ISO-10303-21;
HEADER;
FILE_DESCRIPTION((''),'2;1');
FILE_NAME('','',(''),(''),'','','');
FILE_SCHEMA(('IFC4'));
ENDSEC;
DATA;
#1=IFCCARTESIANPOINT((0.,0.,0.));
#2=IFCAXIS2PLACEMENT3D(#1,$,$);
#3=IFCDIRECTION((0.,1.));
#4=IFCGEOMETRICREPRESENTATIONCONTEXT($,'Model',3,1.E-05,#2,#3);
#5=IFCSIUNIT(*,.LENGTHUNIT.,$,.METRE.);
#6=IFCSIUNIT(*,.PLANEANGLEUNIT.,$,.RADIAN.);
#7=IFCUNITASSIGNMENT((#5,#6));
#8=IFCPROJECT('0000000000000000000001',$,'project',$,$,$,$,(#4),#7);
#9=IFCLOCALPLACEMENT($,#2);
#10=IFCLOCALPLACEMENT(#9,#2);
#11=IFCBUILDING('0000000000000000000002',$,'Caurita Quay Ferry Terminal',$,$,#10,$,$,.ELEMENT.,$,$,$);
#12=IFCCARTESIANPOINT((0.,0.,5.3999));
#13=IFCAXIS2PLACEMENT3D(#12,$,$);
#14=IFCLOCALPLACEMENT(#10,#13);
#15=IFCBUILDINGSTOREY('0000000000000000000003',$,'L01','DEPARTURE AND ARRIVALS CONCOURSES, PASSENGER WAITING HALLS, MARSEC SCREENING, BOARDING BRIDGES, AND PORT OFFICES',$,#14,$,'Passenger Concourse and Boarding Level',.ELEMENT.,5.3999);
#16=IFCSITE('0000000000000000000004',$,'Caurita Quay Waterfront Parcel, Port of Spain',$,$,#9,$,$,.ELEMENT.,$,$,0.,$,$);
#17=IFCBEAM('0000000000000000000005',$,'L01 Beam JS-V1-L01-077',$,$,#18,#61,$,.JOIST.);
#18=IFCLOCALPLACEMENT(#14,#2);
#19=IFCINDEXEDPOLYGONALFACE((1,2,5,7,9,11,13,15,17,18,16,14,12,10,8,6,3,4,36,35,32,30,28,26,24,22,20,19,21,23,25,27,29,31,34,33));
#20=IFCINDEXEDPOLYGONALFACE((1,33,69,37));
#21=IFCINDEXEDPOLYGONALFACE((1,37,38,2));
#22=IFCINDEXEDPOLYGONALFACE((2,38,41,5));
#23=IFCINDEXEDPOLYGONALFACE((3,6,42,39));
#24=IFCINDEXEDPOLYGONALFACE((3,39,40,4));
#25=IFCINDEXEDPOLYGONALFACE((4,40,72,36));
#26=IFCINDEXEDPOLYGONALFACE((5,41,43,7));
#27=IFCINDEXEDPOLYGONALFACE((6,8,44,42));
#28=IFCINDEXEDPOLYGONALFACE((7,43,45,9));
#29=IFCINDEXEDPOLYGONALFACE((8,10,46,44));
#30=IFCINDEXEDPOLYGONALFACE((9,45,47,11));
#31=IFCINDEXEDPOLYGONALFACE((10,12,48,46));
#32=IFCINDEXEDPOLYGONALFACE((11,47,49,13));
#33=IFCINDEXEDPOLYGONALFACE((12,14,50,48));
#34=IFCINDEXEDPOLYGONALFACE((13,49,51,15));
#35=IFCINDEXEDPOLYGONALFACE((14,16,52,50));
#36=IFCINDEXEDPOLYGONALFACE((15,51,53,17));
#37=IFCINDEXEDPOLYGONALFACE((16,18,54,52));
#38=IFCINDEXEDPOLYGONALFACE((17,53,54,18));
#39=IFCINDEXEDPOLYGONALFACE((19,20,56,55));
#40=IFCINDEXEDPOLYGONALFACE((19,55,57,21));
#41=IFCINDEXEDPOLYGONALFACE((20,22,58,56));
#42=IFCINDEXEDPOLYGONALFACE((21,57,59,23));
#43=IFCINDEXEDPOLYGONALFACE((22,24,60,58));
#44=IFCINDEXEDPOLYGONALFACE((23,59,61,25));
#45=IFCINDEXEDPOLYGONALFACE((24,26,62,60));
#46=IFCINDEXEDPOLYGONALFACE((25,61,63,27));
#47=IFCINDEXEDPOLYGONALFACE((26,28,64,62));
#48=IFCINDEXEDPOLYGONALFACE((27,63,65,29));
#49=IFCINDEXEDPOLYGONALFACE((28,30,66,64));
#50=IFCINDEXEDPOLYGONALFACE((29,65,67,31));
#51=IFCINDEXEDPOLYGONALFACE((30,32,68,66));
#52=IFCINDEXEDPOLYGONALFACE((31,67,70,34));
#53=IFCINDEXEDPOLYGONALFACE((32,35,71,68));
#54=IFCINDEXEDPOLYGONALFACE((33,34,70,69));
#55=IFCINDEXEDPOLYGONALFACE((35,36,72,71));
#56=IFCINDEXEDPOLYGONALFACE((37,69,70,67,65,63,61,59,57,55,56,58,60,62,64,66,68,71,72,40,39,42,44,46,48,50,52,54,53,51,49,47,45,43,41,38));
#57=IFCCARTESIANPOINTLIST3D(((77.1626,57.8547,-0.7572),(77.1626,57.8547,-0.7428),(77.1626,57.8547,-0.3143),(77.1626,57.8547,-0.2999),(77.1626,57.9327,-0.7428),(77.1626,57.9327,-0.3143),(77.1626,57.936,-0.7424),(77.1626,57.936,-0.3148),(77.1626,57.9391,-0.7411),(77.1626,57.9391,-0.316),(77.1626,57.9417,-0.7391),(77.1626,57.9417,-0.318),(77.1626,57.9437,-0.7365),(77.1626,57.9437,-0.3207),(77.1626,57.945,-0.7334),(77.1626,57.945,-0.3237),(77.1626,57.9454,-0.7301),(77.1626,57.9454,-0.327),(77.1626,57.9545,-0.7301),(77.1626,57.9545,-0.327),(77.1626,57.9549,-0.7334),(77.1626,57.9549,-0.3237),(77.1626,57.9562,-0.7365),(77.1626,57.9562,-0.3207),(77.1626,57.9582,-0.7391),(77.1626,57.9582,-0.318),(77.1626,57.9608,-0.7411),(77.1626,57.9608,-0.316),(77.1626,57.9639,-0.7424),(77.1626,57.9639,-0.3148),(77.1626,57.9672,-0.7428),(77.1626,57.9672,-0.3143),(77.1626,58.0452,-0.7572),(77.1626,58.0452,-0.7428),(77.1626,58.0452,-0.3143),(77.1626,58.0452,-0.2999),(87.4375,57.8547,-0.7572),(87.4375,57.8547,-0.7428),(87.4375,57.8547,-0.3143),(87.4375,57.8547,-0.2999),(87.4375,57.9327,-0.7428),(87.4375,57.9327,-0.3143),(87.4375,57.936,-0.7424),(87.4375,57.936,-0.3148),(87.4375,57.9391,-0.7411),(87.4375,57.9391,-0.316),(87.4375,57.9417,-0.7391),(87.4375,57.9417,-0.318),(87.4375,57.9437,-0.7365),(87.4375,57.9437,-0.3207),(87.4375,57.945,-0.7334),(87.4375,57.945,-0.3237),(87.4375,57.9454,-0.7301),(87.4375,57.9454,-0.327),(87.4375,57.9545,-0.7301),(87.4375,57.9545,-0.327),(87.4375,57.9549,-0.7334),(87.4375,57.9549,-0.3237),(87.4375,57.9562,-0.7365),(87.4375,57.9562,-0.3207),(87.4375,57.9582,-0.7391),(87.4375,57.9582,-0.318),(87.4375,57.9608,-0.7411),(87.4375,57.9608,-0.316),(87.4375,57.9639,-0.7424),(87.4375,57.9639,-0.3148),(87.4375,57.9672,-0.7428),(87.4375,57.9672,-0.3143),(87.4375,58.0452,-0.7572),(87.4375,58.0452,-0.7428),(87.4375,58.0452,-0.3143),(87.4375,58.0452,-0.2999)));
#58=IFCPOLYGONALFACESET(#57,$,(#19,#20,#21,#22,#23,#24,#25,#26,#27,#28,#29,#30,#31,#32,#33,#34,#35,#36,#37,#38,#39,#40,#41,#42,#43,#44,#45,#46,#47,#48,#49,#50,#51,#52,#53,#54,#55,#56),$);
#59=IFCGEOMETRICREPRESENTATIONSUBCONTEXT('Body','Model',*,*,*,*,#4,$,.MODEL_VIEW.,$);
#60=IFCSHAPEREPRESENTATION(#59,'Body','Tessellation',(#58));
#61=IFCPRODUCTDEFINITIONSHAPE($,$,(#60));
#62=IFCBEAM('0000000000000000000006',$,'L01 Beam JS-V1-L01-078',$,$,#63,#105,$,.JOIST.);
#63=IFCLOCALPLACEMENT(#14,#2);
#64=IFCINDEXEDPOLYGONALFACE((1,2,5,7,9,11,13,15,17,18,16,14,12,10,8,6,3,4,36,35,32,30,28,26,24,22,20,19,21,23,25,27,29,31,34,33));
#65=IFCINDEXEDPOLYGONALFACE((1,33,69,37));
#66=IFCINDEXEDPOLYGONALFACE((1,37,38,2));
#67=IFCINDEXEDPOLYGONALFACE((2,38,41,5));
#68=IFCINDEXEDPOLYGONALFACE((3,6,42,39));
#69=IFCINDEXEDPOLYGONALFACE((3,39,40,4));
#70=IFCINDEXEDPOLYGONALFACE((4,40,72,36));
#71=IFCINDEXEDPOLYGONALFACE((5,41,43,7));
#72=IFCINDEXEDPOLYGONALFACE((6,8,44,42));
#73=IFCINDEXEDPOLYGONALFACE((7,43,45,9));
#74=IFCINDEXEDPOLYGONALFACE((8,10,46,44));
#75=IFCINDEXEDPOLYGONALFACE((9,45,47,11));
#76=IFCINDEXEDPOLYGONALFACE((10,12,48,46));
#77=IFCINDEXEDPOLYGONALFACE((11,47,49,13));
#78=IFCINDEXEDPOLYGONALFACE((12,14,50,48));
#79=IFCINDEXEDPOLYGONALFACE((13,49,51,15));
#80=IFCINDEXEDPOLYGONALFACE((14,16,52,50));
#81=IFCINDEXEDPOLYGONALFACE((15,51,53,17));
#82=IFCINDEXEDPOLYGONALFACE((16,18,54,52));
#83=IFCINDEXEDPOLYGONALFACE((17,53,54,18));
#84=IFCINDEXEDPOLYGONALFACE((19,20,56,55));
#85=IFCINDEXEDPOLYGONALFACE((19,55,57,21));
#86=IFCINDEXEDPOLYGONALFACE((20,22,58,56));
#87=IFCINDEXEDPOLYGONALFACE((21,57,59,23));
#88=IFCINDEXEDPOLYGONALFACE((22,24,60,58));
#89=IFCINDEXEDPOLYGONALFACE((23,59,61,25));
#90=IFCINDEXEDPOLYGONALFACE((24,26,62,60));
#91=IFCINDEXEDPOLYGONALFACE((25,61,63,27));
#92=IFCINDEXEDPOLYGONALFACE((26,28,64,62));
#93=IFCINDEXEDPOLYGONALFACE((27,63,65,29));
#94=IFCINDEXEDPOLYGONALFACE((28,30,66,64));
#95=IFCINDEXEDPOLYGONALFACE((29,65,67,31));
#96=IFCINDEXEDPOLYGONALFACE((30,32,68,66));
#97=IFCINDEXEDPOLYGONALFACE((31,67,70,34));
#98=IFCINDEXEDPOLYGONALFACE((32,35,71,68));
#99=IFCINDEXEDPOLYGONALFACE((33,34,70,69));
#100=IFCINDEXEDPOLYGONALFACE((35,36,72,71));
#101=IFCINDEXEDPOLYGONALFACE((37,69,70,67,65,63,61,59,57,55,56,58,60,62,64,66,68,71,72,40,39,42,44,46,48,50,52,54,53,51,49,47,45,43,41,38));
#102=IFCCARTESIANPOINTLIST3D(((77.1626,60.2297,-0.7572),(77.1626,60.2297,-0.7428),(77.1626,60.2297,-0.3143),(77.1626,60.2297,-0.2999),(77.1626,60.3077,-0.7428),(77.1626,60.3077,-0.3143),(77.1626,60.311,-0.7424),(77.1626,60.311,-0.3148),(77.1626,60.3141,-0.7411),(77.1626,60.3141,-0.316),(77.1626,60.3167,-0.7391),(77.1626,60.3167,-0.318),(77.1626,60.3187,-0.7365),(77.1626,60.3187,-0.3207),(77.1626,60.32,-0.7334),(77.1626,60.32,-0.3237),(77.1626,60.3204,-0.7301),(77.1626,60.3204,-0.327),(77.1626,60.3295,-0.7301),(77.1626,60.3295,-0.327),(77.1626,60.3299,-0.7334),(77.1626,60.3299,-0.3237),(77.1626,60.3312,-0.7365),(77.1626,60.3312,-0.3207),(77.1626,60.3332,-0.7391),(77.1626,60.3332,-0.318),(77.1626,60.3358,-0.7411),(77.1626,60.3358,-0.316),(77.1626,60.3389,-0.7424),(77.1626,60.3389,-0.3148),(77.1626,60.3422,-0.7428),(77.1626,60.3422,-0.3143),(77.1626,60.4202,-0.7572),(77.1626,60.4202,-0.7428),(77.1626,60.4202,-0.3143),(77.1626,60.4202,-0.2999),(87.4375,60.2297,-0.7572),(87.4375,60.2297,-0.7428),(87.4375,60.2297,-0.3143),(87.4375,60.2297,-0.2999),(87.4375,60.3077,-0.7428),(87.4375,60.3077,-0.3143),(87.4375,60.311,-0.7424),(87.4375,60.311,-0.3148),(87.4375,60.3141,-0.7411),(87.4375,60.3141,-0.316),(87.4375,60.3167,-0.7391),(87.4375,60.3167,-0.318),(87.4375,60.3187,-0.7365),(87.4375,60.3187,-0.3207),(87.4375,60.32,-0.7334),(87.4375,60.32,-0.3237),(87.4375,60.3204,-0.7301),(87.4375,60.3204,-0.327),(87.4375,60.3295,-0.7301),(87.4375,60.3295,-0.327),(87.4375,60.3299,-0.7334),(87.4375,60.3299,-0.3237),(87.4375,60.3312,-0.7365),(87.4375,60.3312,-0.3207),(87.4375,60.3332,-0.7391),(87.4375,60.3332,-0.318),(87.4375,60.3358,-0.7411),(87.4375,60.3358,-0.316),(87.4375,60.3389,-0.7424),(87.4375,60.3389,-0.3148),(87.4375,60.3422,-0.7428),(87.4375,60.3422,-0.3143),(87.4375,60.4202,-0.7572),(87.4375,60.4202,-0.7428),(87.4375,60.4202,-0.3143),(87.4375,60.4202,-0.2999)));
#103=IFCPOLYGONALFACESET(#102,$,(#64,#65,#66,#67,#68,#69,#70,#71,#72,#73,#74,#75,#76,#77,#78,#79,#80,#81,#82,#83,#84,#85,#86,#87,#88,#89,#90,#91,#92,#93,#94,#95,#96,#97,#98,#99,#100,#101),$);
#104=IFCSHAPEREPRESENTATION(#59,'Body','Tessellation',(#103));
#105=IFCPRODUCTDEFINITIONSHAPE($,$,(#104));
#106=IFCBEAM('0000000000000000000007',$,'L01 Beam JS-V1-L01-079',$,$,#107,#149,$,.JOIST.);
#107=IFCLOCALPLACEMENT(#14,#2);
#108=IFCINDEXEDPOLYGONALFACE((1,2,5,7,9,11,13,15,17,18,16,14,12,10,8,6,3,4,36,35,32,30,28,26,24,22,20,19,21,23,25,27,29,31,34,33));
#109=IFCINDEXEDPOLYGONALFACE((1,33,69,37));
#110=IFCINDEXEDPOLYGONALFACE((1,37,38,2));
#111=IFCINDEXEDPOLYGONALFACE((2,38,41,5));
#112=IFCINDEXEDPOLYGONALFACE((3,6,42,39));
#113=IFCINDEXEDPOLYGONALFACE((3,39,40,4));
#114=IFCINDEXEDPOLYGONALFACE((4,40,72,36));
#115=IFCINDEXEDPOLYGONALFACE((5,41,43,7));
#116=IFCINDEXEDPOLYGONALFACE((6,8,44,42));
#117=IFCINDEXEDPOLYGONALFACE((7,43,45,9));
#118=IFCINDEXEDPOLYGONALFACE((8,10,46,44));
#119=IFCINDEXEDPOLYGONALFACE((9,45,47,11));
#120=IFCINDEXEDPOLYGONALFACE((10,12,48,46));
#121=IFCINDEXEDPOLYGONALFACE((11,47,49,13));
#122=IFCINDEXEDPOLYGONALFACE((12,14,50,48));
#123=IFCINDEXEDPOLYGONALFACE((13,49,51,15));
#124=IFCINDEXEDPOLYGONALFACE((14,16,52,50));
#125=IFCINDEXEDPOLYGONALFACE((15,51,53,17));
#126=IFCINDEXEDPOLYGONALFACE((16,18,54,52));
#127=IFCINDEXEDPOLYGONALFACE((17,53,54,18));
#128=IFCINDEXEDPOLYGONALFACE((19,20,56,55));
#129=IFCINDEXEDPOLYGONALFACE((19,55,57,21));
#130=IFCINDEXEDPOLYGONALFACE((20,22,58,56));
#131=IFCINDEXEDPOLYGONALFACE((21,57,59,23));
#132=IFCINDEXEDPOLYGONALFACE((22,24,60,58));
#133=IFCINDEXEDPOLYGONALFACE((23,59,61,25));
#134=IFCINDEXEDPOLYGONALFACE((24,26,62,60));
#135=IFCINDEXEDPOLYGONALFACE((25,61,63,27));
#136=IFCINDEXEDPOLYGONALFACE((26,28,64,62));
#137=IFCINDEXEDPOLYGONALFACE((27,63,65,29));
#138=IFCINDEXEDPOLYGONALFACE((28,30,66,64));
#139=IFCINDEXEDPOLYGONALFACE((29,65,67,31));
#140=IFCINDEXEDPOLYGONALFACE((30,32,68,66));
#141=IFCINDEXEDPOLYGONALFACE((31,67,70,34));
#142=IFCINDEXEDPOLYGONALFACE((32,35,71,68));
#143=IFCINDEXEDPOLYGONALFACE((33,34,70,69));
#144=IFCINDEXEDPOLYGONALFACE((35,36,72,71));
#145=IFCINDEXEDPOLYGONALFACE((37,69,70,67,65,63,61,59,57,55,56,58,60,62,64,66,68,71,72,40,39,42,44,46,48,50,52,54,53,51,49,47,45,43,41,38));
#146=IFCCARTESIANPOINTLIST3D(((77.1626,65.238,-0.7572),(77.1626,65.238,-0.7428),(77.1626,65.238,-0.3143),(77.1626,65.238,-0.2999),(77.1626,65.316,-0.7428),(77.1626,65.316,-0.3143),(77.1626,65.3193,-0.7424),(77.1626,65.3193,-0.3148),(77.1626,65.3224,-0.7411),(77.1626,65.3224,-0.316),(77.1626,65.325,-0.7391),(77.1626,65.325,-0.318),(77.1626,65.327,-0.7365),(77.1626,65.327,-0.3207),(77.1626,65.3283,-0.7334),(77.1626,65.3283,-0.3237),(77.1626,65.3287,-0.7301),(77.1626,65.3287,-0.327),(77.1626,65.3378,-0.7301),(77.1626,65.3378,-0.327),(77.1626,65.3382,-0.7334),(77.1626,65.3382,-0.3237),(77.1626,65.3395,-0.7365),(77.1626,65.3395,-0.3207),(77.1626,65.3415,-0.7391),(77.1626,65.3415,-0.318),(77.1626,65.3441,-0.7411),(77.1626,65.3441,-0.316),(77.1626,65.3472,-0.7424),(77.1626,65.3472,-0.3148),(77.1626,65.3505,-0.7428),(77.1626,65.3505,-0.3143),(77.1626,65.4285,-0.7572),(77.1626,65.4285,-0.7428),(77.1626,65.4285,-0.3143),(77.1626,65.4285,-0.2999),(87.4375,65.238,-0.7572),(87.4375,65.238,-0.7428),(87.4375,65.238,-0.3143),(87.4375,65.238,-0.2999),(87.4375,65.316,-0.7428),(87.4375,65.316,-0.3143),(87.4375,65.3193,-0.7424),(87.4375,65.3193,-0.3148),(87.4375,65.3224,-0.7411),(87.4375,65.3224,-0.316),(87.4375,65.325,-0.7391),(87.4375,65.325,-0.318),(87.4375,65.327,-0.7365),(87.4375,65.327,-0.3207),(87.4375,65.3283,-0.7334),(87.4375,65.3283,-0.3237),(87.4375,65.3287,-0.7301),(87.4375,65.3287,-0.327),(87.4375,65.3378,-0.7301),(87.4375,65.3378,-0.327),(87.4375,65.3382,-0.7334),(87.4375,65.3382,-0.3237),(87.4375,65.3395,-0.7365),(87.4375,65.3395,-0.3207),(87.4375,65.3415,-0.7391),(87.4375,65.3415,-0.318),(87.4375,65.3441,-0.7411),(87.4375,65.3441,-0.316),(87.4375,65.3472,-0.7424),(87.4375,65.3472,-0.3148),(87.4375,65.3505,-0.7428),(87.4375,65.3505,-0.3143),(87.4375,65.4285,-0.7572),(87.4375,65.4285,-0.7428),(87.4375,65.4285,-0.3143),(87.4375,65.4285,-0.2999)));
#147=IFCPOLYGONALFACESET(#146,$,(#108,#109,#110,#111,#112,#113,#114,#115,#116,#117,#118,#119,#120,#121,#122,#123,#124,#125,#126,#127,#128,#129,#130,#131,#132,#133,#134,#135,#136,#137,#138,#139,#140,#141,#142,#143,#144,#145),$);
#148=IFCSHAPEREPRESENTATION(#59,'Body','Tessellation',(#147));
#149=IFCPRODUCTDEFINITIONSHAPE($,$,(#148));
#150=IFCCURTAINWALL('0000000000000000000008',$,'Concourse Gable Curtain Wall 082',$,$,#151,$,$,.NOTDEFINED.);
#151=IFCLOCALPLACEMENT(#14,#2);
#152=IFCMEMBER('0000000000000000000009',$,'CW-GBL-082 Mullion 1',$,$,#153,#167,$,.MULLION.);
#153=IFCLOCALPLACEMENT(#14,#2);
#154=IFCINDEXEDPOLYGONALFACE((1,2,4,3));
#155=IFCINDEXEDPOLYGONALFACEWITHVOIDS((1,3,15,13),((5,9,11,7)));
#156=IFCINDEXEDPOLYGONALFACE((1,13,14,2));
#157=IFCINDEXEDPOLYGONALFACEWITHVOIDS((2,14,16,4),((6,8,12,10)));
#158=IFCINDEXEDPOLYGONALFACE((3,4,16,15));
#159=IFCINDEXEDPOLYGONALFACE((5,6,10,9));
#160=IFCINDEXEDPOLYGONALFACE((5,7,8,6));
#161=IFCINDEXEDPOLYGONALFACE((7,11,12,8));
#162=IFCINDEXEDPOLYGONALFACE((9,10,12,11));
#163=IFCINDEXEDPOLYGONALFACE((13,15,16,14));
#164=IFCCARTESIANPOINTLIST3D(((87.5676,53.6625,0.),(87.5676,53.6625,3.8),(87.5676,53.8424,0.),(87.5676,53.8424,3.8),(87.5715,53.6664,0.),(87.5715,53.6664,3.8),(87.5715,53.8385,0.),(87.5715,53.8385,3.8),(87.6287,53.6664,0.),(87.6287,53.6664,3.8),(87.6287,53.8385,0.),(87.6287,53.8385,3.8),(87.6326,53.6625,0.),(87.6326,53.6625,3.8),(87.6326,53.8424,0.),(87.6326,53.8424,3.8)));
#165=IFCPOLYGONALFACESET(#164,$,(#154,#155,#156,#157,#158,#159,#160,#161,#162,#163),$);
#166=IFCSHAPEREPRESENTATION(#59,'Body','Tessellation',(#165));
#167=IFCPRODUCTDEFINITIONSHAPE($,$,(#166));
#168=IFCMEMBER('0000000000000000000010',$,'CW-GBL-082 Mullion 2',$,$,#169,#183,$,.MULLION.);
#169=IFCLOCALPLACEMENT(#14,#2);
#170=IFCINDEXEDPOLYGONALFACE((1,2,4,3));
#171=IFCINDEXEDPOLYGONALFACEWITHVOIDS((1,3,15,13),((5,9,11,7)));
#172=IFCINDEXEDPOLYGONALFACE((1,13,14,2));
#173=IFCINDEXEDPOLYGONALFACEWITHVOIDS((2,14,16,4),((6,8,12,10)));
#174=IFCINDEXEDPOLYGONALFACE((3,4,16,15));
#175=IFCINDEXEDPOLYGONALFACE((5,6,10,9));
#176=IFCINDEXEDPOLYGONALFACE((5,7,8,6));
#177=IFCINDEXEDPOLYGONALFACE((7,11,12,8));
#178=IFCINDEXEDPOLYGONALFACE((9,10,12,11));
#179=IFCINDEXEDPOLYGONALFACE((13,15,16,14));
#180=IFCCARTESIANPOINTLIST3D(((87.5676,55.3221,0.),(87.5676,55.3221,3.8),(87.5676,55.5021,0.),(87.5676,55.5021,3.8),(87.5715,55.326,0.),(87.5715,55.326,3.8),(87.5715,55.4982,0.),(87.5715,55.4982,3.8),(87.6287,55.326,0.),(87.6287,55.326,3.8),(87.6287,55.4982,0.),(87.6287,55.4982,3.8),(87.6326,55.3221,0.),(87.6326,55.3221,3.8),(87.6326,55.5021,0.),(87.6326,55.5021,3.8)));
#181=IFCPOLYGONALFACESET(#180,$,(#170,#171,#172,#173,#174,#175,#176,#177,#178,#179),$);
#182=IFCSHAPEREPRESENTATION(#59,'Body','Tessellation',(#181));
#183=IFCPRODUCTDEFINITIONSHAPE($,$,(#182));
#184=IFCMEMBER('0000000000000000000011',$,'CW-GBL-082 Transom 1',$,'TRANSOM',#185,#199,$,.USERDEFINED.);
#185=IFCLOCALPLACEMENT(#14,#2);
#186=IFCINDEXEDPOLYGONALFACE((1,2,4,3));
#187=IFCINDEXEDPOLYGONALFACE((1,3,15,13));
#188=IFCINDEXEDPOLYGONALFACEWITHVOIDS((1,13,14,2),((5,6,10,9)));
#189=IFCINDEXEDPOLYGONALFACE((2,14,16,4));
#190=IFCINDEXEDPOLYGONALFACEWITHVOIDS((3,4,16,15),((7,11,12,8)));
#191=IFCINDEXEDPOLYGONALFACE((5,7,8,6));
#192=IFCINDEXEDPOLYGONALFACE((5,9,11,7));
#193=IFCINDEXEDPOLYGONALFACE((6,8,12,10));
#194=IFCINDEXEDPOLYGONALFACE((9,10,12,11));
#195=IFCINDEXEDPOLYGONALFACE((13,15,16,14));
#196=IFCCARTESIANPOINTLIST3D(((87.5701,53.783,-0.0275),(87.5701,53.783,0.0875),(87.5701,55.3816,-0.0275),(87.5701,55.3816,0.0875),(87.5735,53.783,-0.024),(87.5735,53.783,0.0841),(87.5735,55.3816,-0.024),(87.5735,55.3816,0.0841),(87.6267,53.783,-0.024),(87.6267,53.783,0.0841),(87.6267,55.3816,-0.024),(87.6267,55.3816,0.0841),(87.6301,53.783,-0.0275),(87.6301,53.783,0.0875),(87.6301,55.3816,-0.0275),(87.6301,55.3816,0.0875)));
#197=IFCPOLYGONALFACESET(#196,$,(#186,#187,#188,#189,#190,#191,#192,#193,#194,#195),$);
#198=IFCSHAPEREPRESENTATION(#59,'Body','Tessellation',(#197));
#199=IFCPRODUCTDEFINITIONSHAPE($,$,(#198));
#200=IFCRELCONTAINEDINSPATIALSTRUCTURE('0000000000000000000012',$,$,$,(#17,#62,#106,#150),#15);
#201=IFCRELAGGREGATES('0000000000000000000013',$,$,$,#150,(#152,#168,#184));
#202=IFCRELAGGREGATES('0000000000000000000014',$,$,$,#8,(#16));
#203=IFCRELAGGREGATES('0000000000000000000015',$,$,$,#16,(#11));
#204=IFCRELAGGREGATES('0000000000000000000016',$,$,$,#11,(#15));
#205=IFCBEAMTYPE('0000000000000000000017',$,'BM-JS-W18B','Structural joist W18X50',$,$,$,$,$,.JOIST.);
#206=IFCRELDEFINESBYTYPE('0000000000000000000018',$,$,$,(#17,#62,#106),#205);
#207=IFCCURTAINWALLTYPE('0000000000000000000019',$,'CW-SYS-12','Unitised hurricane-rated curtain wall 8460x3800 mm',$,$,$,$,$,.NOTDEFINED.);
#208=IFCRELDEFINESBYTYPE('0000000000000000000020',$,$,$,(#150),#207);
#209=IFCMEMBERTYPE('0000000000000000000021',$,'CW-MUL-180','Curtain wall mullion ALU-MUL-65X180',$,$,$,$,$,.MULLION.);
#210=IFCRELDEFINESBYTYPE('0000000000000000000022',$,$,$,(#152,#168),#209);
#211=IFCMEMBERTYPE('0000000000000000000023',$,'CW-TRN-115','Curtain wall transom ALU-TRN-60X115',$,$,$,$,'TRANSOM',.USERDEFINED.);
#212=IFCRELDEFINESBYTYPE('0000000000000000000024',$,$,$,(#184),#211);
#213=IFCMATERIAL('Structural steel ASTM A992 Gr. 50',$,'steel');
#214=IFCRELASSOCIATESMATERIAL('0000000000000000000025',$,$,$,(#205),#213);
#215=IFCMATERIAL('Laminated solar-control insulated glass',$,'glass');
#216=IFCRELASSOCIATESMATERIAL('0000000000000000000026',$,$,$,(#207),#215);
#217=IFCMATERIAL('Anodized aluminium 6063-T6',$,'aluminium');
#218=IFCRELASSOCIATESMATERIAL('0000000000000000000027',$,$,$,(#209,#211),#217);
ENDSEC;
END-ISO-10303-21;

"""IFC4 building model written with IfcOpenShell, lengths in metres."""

from ifc_helpers import new_model, si_unit, direction, frame, origin, origin_2d, place, context, subcontext, project, spatial, hollow_rectangle, i_section, extrude, material, material_profile, profile_set, type_object, element, aggregate, save


model = new_model("IFC4")

# Units and contexts
model_context = context("Model", 3, precision=1e-05, world=origin(), true_north=direction((0.0, 1.0)))
body_context = subcontext(model_context, "Body", "Model", "MODEL_VIEW")
ifc_project = project(units=[si_unit("LENGTHUNIT", "METRE"), si_unit("PLANEANGLEUNIT", "RADIAN")], contexts=[model_context])

# Site, building, storey
site_placement = place(None, origin())
site = spatial("IfcSite", under=ifc_project, at=site_placement, Name="Caurita Quay Waterfront Parcel, Port of Spain", CompositionType="ELEMENT", RefElevation=0.0)
building_placement = place(site_placement, origin())
building = spatial("IfcBuilding", under=site, at=building_placement, Name="Caurita Quay Ferry Terminal", CompositionType="ELEMENT")
storey_placement = place(building_placement, frame((0.0, 0.0, 5.3999)))
storey = spatial("IfcBuildingStorey", under=building, at=storey_placement, Name="L01", Description="DEPARTURE AND ARRIVALS CONCOURSES, PASSENGER WAITING HALLS, MARSEC SCREENING, BOARDING BRIDGES, AND PORT OFFICES", LongName="Passenger Concourse and Boarding Level", CompositionType="ELEMENT", Elevation=5.3999)

# Shared definitions
ifc_material_1 = material(Name="Structural steel ASTM A992 Gr. 50", Category="steel")

# Beams
ifc_material_profile_1 = material_profile(ifc_material_1, i_section(OverallWidth=0.1904, OverallDepth=0.4573, WebThickness=0.009, FlangeThickness=0.0144, FilletRadius=0.0127, at=origin_2d()), Name="W18X50")
ifc_profile_set_1 = profile_set([ifc_material_profile_1], Name="Structural steel ASTM A992 Gr. 50")
beam_type_1 = type_object("IfcBeamType", Name="BM-JS-W18B", Description="Structural joist W18X50", PredefinedType="JOIST", material=ifc_profile_set_1)
for number, where, z_axis, x_axis, name in (
    (1, (77.1626, 57.95, -0.5286), (1.0, 0.0, 0.0), (0.0, 1.0, 0.0), "L01 Beam JS-V1-L01-077"),
    (2, (77.1626, 60.325, -0.5286), (1.0, 0.0, 0.0), (0.0, 1.0, 0.0), "L01 Beam JS-V1-L01-078"),
    (3, (77.1626, 65.3333, -0.5286), (1.0, 0.0, 0.0), (0.0, 1.0, 0.0), "L01 Beam JS-V1-L01-079"),
):
    element("IfcBeam", number, at=place(storey_placement, frame(where, z_axis=z_axis, x_axis=x_axis)), inside=storey, type_object=beam_type_1, Name=name, PredefinedType="JOIST", context=body_context, shape_type="SweptSolid", body=[
        extrude(i_section(OverallWidth=0.1904, OverallDepth=0.4573, WebThickness=0.009, FlangeThickness=0.0144, FilletRadius=0.0127, at=origin_2d()), origin(), (0.0, 0.0, 1.0), 10.2749),
    ])

# Curtain wall, members
ifc_material_2 = material(Name="Laminated solar-control insulated glass", Category="glass")
curtain_wall_type = type_object("IfcCurtainWallType", Name="CW-SYS-12", Description="Unitised hurricane-rated curtain wall 8460x3800 mm", PredefinedType="NOTDEFINED", material=ifc_material_2)
curtain_wall_placement = place(storey_placement, origin())
curtain_wall = element("IfcCurtainWall", 4, at=curtain_wall_placement, inside=storey, type_object=curtain_wall_type, Name="Concourse Gable Curtain Wall 082", PredefinedType="NOTDEFINED")
ifc_material_3 = material(Name="Anodized aluminium 6063-T6", Category="aluminium")
ifc_material_profile_2 = material_profile(ifc_material_3, hollow_rectangle(XDim=0.0649, YDim=0.1799, WallThickness=0.0039, at=origin_2d()), Name="ALU-MUL-65X180")
ifc_profile_set_2 = profile_set([ifc_material_profile_2], Name="Anodized aluminium 6063-T6")
member_type_1 = type_object("IfcMemberType", Name="CW-MUL-180", Description="Curtain wall mullion ALU-MUL-65X180", PredefinedType="MULLION", material=ifc_profile_set_2)
member_1_placement = place(storey_placement, frame((87.6001, 53.7524, 0.0), z_axis=(0.0, 0.0, 1.0), x_axis=(-1.0, 0.0, 0.0)))
member_1 = element("IfcMember", 5, at=member_1_placement, type_object=member_type_1, Name="CW-GBL-082 Mullion 1", PredefinedType="MULLION", context=body_context, shape_type="SweptSolid", body=[
    extrude(hollow_rectangle(XDim=0.0649, YDim=0.1799, WallThickness=0.0039, at=origin_2d()), origin(), (0.0, 0.0, 1.0), 3.8),
])
member_2_placement = place(storey_placement, frame((87.6001, 55.4121, 0.0), z_axis=(0.0, 0.0, 1.0), x_axis=(-1.0, 0.0, 0.0)))
member_2 = element("IfcMember", 6, at=member_2_placement, type_object=member_type_1, Name="CW-GBL-082 Mullion 2", PredefinedType="MULLION", context=body_context, shape_type="SweptSolid", body=[
    extrude(hollow_rectangle(XDim=0.0649, YDim=0.1799, WallThickness=0.0039, at=origin_2d()), origin(), (0.0, 0.0, 1.0), 3.8),
])
ifc_material_profile_3 = material_profile(ifc_material_3, hollow_rectangle(XDim=0.0601, YDim=0.115, WallThickness=0.0034, at=origin_2d()), Name="ALU-TRN-60X115")
ifc_profile_set_3 = profile_set([ifc_material_profile_3], Name="Anodized aluminium 6063-T6")
member_type_2 = type_object("IfcMemberType", Name="CW-TRN-115", Description="Curtain wall transom ALU-TRN-60X115", ElementType="TRANSOM", PredefinedType="USERDEFINED", material=ifc_profile_set_3)
member_3_placement = place(storey_placement, frame((87.6001, 53.783, 0.03), z_axis=(0.0, 1.0, 0.0), x_axis=(-1.0, 0.0, 0.0)))
member_3 = element("IfcMember", 7, at=member_3_placement, type_object=member_type_2, Name="CW-GBL-082 Transom 1", ObjectType="TRANSOM", PredefinedType="USERDEFINED", context=body_context, shape_type="SweptSolid", body=[
    extrude(hollow_rectangle(XDim=0.0601, YDim=0.115, WallThickness=0.0034, at=origin_2d()), origin(), (0.0, 0.0, 1.0), 1.5986),
])

aggregate(curtain_wall, [member_1, member_2, member_3])

save(model, "model.ifc")
